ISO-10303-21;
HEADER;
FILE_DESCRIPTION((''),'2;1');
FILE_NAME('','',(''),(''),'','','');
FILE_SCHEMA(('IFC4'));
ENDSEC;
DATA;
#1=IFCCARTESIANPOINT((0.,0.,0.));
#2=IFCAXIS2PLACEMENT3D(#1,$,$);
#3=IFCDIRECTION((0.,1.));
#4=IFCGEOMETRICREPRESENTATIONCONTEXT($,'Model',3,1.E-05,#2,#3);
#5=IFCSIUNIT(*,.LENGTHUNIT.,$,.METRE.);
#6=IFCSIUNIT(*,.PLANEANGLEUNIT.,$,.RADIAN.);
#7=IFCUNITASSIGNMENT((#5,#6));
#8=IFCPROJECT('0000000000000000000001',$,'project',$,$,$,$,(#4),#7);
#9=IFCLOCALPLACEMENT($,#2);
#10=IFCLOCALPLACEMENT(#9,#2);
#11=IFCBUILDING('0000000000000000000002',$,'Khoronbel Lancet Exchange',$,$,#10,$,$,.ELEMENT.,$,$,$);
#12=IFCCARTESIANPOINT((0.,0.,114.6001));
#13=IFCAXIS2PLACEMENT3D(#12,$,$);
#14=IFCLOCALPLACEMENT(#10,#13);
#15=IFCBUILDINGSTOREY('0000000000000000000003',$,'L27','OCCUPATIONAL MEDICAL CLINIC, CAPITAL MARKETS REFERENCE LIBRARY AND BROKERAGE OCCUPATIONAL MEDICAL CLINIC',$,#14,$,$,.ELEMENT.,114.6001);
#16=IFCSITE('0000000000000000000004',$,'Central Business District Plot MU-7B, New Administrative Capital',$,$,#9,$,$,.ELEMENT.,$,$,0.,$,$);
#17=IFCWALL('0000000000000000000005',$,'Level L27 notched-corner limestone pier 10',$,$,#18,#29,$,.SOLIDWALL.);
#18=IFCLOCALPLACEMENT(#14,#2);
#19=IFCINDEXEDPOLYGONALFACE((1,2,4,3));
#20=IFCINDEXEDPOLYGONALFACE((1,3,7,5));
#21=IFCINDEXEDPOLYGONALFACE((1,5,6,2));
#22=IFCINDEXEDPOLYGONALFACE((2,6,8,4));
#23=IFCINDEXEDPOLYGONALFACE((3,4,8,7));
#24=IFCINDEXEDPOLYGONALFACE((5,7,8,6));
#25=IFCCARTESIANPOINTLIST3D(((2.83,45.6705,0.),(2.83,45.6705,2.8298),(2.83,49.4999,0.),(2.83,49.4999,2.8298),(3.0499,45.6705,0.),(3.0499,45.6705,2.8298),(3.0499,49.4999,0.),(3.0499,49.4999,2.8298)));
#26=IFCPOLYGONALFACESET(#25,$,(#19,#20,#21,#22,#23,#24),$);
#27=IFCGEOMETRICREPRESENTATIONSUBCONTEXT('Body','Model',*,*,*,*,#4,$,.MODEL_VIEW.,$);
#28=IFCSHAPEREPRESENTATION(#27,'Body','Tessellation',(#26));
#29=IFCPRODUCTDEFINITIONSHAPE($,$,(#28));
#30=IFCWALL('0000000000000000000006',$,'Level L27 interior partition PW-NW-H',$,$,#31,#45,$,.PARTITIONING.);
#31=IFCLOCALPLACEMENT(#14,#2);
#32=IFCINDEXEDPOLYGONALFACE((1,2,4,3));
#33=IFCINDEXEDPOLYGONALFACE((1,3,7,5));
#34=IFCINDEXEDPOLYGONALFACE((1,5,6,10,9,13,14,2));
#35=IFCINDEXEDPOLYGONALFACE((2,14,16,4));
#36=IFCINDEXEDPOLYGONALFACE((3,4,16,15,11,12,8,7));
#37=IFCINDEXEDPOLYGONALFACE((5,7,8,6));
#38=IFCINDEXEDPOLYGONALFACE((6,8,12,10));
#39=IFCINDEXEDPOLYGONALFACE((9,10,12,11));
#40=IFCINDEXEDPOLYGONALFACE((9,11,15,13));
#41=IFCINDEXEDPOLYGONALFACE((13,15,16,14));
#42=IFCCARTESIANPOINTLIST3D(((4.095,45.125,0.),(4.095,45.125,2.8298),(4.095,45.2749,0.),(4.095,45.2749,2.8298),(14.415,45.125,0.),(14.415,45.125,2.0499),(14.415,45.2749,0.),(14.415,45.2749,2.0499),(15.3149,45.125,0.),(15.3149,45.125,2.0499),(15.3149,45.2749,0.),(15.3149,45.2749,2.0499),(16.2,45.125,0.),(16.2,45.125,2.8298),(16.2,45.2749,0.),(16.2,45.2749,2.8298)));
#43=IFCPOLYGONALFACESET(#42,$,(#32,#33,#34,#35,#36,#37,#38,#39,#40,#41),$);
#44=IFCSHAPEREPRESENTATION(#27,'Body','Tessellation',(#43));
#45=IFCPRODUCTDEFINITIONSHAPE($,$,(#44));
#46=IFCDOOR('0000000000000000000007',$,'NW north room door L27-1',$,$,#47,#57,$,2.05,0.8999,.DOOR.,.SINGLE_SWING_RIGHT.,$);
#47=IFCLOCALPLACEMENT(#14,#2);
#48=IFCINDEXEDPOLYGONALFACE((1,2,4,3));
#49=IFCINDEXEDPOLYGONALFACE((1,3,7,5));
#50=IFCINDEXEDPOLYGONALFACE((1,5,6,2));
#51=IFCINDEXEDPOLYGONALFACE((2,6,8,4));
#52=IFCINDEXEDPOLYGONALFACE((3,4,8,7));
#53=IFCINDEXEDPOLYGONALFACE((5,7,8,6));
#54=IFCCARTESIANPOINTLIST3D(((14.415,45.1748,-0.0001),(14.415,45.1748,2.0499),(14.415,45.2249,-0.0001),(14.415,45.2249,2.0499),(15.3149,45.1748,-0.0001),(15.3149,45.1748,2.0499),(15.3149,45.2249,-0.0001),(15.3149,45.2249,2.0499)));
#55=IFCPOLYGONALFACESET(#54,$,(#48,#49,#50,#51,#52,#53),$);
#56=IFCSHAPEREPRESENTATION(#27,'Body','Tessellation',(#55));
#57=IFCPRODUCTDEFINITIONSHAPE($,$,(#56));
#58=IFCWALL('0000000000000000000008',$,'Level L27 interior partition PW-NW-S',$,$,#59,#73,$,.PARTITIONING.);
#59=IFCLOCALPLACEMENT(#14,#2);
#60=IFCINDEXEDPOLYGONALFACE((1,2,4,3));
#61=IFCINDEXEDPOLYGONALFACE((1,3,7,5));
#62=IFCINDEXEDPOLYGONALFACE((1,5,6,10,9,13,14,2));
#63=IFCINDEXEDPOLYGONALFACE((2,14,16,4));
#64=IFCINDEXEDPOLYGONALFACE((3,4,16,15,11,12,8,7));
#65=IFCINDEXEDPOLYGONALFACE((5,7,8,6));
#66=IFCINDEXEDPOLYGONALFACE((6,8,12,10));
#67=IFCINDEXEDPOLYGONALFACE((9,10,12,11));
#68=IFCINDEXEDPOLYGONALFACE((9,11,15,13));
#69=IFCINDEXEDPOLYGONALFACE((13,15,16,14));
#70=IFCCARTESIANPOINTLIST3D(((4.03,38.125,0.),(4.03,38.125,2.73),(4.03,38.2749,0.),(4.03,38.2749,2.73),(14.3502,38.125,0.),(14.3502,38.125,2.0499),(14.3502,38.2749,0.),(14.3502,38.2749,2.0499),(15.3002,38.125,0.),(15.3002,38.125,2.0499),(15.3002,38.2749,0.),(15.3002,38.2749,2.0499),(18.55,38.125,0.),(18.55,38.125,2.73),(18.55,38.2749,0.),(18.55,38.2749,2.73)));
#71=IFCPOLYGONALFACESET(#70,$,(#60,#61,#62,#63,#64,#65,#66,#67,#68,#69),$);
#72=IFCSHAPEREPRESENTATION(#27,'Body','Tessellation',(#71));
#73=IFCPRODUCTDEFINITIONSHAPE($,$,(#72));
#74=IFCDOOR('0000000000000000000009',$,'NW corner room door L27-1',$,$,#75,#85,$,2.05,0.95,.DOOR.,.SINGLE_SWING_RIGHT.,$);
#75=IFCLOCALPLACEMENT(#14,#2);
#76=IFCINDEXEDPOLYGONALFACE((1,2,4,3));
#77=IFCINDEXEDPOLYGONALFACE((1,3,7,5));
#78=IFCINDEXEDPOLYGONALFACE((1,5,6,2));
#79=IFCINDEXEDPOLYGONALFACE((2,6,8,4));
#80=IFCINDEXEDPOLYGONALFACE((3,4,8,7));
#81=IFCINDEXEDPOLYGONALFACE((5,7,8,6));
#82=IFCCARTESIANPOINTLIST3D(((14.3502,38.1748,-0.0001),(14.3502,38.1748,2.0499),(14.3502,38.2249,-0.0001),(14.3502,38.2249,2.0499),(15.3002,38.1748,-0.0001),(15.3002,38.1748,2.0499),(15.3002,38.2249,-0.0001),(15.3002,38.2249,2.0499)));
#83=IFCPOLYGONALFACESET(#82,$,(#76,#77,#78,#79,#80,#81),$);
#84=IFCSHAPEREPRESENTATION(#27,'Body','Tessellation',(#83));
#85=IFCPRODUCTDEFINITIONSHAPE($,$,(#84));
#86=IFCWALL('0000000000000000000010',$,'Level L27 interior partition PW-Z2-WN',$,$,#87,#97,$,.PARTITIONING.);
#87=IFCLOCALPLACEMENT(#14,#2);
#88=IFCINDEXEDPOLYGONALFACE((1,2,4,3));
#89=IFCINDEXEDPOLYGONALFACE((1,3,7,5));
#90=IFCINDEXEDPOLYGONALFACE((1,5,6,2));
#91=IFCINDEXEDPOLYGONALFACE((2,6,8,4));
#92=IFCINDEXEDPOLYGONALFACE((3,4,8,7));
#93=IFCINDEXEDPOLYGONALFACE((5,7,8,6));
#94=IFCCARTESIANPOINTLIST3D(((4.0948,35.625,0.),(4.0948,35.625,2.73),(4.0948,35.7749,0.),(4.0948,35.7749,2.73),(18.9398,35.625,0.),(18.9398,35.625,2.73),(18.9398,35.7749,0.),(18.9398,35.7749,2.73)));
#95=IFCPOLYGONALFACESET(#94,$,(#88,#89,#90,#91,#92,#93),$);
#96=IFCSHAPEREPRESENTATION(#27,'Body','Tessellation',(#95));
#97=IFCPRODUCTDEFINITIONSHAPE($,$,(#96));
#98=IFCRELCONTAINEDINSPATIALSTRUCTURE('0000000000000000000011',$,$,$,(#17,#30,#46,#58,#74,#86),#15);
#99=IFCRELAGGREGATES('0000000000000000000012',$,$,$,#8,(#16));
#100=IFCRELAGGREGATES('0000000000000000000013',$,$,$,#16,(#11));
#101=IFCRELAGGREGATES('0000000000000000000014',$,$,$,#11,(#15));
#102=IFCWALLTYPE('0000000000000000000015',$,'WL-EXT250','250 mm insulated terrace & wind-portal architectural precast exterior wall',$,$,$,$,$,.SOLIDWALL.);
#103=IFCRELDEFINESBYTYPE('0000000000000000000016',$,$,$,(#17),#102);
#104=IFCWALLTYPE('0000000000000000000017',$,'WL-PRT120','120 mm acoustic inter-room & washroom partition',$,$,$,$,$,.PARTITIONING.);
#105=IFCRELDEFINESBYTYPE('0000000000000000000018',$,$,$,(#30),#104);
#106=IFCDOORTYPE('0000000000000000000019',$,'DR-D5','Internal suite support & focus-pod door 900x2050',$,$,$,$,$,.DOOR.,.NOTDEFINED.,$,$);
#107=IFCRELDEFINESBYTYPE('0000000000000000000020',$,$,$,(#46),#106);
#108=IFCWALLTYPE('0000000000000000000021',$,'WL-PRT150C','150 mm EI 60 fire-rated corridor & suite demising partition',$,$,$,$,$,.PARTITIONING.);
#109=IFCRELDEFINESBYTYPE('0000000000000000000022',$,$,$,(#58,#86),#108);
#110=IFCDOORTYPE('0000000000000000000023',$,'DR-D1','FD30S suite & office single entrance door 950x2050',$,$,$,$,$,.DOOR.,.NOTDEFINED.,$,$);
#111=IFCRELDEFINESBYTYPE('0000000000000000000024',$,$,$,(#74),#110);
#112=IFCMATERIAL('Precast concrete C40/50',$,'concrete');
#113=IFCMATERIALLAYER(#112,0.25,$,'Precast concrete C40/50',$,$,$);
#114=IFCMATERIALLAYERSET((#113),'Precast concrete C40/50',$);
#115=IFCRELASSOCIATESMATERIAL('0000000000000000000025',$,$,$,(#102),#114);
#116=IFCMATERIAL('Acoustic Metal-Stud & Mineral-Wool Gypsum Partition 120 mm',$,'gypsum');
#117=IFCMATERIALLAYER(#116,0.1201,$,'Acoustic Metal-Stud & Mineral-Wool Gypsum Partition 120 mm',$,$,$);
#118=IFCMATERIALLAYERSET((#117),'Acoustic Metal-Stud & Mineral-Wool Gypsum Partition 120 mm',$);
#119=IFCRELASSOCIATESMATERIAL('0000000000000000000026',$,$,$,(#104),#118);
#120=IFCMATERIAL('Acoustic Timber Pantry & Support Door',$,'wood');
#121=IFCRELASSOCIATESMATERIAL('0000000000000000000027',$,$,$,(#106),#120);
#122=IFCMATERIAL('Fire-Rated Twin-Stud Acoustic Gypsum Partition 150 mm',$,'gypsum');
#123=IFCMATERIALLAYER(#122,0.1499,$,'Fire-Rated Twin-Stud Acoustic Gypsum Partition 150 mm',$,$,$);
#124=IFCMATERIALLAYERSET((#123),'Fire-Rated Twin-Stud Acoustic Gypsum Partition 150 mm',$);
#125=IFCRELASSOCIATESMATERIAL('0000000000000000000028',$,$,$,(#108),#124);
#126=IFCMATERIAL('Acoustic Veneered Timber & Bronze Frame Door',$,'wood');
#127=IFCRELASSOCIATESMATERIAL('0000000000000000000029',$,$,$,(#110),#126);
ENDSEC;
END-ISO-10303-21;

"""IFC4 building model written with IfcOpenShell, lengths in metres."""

from ifc_helpers import new_model, si_unit, direction, frame, frame_2d, origin, place, context, subcontext, project, spatial, rectangle, extrude, material, layer, layer_set, type_object, element, fill, save


model = new_model("IFC4")

# Units and contexts
model_context = context("Model", 3, precision=1e-05, world=origin(), true_north=direction((0.0, 1.0)))
body_context = subcontext(model_context, "Body", "Model", "MODEL_VIEW")
ifc_project = project(units=[si_unit("LENGTHUNIT", "METRE"), si_unit("PLANEANGLEUNIT", "RADIAN")], contexts=[model_context])

# Site, building, storey
site_placement = place(None, origin())
site = spatial("IfcSite", under=ifc_project, at=site_placement, Name="Central Business District Plot MU-7B, New Administrative Capital", CompositionType="ELEMENT", RefElevation=0.0)
building_placement = place(site_placement, origin())
building = spatial("IfcBuilding", under=site, at=building_placement, Name="Khoronbel Lancet Exchange", CompositionType="ELEMENT")
storey_placement = place(building_placement, frame((0.0, 0.0, 114.6001)))
storey = spatial("IfcBuildingStorey", under=building, at=storey_placement, Name="L27", Description="OCCUPATIONAL MEDICAL CLINIC, CAPITAL MARKETS REFERENCE LIBRARY AND BROKERAGE OCCUPATIONAL MEDICAL CLINIC", CompositionType="ELEMENT", Elevation=114.6001)

# Wall
ifc_material_1 = material(Name="Precast concrete C40/50", Category="concrete")
ifc_layer_1 = layer(ifc_material_1, 0.25, Name="Precast concrete C40/50")
ifc_layer_set_1 = layer_set([ifc_layer_1], Name="Precast concrete C40/50")
wall_type_1 = type_object("IfcWallType", Name="WL-EXT250", Description="250 mm insulated terrace & wind-portal architectural precast exterior wall", PredefinedType="SOLIDWALL", material=ifc_layer_set_1)
wall_1_placement = place(storey_placement, frame((2.9399, 45.6707, 0.0), z_axis=(0.0, 0.0, 1.0), x_axis=(0.0, 1.0, 0.0)))
element("IfcWall", 1, at=wall_1_placement, inside=storey, type_object=wall_type_1, Name="Level L27 notched-corner limestone pier 10", PredefinedType="SOLIDWALL", context=body_context, shape_type="SweptSolid", body=[
    extrude(rectangle(XDim=3.8293, YDim=0.22, at=frame_2d((1.9146, 0.0))), origin(), (0.0, 0.0, 1.0), 2.8298),
])

# Walls, openings, doors
ifc_material_2 = material(Name="Acoustic Metal-Stud & Mineral-Wool Gypsum Partition 120 mm", Category="gypsum")
ifc_layer_2 = layer(ifc_material_2, 0.1201, Name="Acoustic Metal-Stud & Mineral-Wool Gypsum Partition 120 mm")
ifc_layer_set_2 = layer_set([ifc_layer_2], Name="Acoustic Metal-Stud & Mineral-Wool Gypsum Partition 120 mm")
wall_type_2 = type_object("IfcWallType", Name="WL-PRT120", Description="120 mm acoustic inter-room & washroom partition", PredefinedType="PARTITIONING", material=ifc_layer_set_2)
wall_2_placement = place(storey_placement, frame((4.095, 45.2, 0.0), z_axis=(0.0, 0.0, 1.0), x_axis=(1.0, 0.0, 0.0)))
wall_2 = element("IfcWall", 2, at=wall_2_placement, inside=storey, type_object=wall_type_2, Name="Level L27 interior partition PW-NW-H", PredefinedType="PARTITIONING", context=body_context, shape_type="SweptSolid", body=[
    extrude(rectangle(XDim=12.105, YDim=0.1499, at=frame_2d((6.0525, 0.0))), origin(), (0.0, 0.0, 1.0), 2.8298),
])
opening_1_placement = place(wall_2_placement, frame((10.3201, 0.0, 0.0)))
opening_1 = element("IfcOpeningElement", 3, at=opening_1_placement, cuts=wall_2, PredefinedType="OPENING", context=body_context, shape_type="SweptSolid", body=[
    extrude(rectangle(XDim=0.8999, YDim=2.05, at=frame_2d((0.45, 1.0249))), frame((0.0, 0.085, 0.0), z_axis=(0.0, -1.0, 0.0), x_axis=(1.0, 0.0, 0.0)), (0.0, 0.0, 1.0), 0.1699),
])
ifc_material_3 = material(Name="Acoustic Timber Pantry & Support Door", Category="wood")
door_type_1 = type_object("IfcDoorType", Name="DR-D5", Description="Internal suite support & focus-pod door 900x2050", OperationType="NOTDEFINED", PredefinedType="DOOR", material=ifc_material_3)
door_1_placement = place(opening_1_placement, origin())
door_1 = element("IfcDoor", 4, at=door_1_placement, inside=storey, type_object=door_type_1, Name="NW north room door L27-1", OperationType="SINGLE_SWING_RIGHT", OverallHeight=2.05, OverallWidth=0.8999, PredefinedType="DOOR", context=body_context, shape_type="SweptSolid", body=[
    extrude(rectangle(XDim=0.8999, YDim=2.05, at=frame_2d((0.45, 1.0249))), frame((0.0, 0.0249, 0.0), z_axis=(0.0, -1.0, 0.0), x_axis=(1.0, 0.0, 0.0)), (0.0, 0.0, 1.0), 0.05),
])
fill(opening_1, door_1)
ifc_material_4 = material(Name="Fire-Rated Twin-Stud Acoustic Gypsum Partition 150 mm", Category="gypsum")
ifc_layer_3 = layer(ifc_material_4, 0.1499, Name="Fire-Rated Twin-Stud Acoustic Gypsum Partition 150 mm")
ifc_layer_set_3 = layer_set([ifc_layer_3], Name="Fire-Rated Twin-Stud Acoustic Gypsum Partition 150 mm")
wall_type_3 = type_object("IfcWallType", Name="WL-PRT150C", Description="150 mm EI 60 fire-rated corridor & suite demising partition", PredefinedType="PARTITIONING", material=ifc_layer_set_3)
wall_3_placement = place(storey_placement, frame((4.03, 38.2, 0.0), z_axis=(0.0, 0.0, 1.0), x_axis=(1.0, 0.0, 0.0)))
wall_3 = element("IfcWall", 5, at=wall_3_placement, inside=storey, type_object=wall_type_3, Name="Level L27 interior partition PW-NW-S", PredefinedType="PARTITIONING", context=body_context, shape_type="SweptSolid", body=[
    extrude(rectangle(XDim=14.52, YDim=0.1499, at=frame_2d((7.26, 0.0))), origin(), (0.0, 0.0, 1.0), 2.73),
])
opening_2_placement = place(wall_3_placement, frame((10.3201, 0.0, 0.0)))
opening_2 = element("IfcOpeningElement", 6, at=opening_2_placement, cuts=wall_3, PredefinedType="OPENING", context=body_context, shape_type="SweptSolid", body=[
    extrude(rectangle(XDim=0.95, YDim=2.05, at=frame_2d((0.4751, 1.0249))), frame((0.0, 0.085, 0.0), z_axis=(0.0, -1.0, 0.0), x_axis=(1.0, 0.0, 0.0)), (0.0, 0.0, 1.0), 0.1699),
])
ifc_material_5 = material(Name="Acoustic Veneered Timber & Bronze Frame Door", Category="wood")
door_type_2 = type_object("IfcDoorType", Name="DR-D1", Description="FD30S suite & office single entrance door 950x2050", OperationType="NOTDEFINED", PredefinedType="DOOR", material=ifc_material_5)
door_2_placement = place(opening_2_placement, origin())
door_2 = element("IfcDoor", 7, at=door_2_placement, inside=storey, type_object=door_type_2, Name="NW corner room door L27-1", OperationType="SINGLE_SWING_RIGHT", OverallHeight=2.05, OverallWidth=0.95, PredefinedType="DOOR", context=body_context, shape_type="SweptSolid", body=[
    extrude(rectangle(XDim=0.95, YDim=2.05, at=frame_2d((0.4751, 1.0249))), frame((0.0, 0.0249, 0.0), z_axis=(0.0, -1.0, 0.0), x_axis=(1.0, 0.0, 0.0)), (0.0, 0.0, 1.0), 0.05),
])
fill(opening_2, door_2)

# Wall
wall_4_placement = place(storey_placement, frame((4.095, 35.7, 0.0), z_axis=(0.0, 0.0, 1.0), x_axis=(1.0, 0.0, 0.0)))
element("IfcWall", 8, at=wall_4_placement, inside=storey, type_object=wall_type_3, Name="Level L27 interior partition PW-Z2-WN", PredefinedType="PARTITIONING", context=body_context, shape_type="SweptSolid", body=[
    extrude(rectangle(XDim=14.845, YDim=0.1499, at=frame_2d((7.4224, 0.0))), origin(), (0.0, 0.0, 1.0), 2.73),
])

save(model, "model.ifc")
